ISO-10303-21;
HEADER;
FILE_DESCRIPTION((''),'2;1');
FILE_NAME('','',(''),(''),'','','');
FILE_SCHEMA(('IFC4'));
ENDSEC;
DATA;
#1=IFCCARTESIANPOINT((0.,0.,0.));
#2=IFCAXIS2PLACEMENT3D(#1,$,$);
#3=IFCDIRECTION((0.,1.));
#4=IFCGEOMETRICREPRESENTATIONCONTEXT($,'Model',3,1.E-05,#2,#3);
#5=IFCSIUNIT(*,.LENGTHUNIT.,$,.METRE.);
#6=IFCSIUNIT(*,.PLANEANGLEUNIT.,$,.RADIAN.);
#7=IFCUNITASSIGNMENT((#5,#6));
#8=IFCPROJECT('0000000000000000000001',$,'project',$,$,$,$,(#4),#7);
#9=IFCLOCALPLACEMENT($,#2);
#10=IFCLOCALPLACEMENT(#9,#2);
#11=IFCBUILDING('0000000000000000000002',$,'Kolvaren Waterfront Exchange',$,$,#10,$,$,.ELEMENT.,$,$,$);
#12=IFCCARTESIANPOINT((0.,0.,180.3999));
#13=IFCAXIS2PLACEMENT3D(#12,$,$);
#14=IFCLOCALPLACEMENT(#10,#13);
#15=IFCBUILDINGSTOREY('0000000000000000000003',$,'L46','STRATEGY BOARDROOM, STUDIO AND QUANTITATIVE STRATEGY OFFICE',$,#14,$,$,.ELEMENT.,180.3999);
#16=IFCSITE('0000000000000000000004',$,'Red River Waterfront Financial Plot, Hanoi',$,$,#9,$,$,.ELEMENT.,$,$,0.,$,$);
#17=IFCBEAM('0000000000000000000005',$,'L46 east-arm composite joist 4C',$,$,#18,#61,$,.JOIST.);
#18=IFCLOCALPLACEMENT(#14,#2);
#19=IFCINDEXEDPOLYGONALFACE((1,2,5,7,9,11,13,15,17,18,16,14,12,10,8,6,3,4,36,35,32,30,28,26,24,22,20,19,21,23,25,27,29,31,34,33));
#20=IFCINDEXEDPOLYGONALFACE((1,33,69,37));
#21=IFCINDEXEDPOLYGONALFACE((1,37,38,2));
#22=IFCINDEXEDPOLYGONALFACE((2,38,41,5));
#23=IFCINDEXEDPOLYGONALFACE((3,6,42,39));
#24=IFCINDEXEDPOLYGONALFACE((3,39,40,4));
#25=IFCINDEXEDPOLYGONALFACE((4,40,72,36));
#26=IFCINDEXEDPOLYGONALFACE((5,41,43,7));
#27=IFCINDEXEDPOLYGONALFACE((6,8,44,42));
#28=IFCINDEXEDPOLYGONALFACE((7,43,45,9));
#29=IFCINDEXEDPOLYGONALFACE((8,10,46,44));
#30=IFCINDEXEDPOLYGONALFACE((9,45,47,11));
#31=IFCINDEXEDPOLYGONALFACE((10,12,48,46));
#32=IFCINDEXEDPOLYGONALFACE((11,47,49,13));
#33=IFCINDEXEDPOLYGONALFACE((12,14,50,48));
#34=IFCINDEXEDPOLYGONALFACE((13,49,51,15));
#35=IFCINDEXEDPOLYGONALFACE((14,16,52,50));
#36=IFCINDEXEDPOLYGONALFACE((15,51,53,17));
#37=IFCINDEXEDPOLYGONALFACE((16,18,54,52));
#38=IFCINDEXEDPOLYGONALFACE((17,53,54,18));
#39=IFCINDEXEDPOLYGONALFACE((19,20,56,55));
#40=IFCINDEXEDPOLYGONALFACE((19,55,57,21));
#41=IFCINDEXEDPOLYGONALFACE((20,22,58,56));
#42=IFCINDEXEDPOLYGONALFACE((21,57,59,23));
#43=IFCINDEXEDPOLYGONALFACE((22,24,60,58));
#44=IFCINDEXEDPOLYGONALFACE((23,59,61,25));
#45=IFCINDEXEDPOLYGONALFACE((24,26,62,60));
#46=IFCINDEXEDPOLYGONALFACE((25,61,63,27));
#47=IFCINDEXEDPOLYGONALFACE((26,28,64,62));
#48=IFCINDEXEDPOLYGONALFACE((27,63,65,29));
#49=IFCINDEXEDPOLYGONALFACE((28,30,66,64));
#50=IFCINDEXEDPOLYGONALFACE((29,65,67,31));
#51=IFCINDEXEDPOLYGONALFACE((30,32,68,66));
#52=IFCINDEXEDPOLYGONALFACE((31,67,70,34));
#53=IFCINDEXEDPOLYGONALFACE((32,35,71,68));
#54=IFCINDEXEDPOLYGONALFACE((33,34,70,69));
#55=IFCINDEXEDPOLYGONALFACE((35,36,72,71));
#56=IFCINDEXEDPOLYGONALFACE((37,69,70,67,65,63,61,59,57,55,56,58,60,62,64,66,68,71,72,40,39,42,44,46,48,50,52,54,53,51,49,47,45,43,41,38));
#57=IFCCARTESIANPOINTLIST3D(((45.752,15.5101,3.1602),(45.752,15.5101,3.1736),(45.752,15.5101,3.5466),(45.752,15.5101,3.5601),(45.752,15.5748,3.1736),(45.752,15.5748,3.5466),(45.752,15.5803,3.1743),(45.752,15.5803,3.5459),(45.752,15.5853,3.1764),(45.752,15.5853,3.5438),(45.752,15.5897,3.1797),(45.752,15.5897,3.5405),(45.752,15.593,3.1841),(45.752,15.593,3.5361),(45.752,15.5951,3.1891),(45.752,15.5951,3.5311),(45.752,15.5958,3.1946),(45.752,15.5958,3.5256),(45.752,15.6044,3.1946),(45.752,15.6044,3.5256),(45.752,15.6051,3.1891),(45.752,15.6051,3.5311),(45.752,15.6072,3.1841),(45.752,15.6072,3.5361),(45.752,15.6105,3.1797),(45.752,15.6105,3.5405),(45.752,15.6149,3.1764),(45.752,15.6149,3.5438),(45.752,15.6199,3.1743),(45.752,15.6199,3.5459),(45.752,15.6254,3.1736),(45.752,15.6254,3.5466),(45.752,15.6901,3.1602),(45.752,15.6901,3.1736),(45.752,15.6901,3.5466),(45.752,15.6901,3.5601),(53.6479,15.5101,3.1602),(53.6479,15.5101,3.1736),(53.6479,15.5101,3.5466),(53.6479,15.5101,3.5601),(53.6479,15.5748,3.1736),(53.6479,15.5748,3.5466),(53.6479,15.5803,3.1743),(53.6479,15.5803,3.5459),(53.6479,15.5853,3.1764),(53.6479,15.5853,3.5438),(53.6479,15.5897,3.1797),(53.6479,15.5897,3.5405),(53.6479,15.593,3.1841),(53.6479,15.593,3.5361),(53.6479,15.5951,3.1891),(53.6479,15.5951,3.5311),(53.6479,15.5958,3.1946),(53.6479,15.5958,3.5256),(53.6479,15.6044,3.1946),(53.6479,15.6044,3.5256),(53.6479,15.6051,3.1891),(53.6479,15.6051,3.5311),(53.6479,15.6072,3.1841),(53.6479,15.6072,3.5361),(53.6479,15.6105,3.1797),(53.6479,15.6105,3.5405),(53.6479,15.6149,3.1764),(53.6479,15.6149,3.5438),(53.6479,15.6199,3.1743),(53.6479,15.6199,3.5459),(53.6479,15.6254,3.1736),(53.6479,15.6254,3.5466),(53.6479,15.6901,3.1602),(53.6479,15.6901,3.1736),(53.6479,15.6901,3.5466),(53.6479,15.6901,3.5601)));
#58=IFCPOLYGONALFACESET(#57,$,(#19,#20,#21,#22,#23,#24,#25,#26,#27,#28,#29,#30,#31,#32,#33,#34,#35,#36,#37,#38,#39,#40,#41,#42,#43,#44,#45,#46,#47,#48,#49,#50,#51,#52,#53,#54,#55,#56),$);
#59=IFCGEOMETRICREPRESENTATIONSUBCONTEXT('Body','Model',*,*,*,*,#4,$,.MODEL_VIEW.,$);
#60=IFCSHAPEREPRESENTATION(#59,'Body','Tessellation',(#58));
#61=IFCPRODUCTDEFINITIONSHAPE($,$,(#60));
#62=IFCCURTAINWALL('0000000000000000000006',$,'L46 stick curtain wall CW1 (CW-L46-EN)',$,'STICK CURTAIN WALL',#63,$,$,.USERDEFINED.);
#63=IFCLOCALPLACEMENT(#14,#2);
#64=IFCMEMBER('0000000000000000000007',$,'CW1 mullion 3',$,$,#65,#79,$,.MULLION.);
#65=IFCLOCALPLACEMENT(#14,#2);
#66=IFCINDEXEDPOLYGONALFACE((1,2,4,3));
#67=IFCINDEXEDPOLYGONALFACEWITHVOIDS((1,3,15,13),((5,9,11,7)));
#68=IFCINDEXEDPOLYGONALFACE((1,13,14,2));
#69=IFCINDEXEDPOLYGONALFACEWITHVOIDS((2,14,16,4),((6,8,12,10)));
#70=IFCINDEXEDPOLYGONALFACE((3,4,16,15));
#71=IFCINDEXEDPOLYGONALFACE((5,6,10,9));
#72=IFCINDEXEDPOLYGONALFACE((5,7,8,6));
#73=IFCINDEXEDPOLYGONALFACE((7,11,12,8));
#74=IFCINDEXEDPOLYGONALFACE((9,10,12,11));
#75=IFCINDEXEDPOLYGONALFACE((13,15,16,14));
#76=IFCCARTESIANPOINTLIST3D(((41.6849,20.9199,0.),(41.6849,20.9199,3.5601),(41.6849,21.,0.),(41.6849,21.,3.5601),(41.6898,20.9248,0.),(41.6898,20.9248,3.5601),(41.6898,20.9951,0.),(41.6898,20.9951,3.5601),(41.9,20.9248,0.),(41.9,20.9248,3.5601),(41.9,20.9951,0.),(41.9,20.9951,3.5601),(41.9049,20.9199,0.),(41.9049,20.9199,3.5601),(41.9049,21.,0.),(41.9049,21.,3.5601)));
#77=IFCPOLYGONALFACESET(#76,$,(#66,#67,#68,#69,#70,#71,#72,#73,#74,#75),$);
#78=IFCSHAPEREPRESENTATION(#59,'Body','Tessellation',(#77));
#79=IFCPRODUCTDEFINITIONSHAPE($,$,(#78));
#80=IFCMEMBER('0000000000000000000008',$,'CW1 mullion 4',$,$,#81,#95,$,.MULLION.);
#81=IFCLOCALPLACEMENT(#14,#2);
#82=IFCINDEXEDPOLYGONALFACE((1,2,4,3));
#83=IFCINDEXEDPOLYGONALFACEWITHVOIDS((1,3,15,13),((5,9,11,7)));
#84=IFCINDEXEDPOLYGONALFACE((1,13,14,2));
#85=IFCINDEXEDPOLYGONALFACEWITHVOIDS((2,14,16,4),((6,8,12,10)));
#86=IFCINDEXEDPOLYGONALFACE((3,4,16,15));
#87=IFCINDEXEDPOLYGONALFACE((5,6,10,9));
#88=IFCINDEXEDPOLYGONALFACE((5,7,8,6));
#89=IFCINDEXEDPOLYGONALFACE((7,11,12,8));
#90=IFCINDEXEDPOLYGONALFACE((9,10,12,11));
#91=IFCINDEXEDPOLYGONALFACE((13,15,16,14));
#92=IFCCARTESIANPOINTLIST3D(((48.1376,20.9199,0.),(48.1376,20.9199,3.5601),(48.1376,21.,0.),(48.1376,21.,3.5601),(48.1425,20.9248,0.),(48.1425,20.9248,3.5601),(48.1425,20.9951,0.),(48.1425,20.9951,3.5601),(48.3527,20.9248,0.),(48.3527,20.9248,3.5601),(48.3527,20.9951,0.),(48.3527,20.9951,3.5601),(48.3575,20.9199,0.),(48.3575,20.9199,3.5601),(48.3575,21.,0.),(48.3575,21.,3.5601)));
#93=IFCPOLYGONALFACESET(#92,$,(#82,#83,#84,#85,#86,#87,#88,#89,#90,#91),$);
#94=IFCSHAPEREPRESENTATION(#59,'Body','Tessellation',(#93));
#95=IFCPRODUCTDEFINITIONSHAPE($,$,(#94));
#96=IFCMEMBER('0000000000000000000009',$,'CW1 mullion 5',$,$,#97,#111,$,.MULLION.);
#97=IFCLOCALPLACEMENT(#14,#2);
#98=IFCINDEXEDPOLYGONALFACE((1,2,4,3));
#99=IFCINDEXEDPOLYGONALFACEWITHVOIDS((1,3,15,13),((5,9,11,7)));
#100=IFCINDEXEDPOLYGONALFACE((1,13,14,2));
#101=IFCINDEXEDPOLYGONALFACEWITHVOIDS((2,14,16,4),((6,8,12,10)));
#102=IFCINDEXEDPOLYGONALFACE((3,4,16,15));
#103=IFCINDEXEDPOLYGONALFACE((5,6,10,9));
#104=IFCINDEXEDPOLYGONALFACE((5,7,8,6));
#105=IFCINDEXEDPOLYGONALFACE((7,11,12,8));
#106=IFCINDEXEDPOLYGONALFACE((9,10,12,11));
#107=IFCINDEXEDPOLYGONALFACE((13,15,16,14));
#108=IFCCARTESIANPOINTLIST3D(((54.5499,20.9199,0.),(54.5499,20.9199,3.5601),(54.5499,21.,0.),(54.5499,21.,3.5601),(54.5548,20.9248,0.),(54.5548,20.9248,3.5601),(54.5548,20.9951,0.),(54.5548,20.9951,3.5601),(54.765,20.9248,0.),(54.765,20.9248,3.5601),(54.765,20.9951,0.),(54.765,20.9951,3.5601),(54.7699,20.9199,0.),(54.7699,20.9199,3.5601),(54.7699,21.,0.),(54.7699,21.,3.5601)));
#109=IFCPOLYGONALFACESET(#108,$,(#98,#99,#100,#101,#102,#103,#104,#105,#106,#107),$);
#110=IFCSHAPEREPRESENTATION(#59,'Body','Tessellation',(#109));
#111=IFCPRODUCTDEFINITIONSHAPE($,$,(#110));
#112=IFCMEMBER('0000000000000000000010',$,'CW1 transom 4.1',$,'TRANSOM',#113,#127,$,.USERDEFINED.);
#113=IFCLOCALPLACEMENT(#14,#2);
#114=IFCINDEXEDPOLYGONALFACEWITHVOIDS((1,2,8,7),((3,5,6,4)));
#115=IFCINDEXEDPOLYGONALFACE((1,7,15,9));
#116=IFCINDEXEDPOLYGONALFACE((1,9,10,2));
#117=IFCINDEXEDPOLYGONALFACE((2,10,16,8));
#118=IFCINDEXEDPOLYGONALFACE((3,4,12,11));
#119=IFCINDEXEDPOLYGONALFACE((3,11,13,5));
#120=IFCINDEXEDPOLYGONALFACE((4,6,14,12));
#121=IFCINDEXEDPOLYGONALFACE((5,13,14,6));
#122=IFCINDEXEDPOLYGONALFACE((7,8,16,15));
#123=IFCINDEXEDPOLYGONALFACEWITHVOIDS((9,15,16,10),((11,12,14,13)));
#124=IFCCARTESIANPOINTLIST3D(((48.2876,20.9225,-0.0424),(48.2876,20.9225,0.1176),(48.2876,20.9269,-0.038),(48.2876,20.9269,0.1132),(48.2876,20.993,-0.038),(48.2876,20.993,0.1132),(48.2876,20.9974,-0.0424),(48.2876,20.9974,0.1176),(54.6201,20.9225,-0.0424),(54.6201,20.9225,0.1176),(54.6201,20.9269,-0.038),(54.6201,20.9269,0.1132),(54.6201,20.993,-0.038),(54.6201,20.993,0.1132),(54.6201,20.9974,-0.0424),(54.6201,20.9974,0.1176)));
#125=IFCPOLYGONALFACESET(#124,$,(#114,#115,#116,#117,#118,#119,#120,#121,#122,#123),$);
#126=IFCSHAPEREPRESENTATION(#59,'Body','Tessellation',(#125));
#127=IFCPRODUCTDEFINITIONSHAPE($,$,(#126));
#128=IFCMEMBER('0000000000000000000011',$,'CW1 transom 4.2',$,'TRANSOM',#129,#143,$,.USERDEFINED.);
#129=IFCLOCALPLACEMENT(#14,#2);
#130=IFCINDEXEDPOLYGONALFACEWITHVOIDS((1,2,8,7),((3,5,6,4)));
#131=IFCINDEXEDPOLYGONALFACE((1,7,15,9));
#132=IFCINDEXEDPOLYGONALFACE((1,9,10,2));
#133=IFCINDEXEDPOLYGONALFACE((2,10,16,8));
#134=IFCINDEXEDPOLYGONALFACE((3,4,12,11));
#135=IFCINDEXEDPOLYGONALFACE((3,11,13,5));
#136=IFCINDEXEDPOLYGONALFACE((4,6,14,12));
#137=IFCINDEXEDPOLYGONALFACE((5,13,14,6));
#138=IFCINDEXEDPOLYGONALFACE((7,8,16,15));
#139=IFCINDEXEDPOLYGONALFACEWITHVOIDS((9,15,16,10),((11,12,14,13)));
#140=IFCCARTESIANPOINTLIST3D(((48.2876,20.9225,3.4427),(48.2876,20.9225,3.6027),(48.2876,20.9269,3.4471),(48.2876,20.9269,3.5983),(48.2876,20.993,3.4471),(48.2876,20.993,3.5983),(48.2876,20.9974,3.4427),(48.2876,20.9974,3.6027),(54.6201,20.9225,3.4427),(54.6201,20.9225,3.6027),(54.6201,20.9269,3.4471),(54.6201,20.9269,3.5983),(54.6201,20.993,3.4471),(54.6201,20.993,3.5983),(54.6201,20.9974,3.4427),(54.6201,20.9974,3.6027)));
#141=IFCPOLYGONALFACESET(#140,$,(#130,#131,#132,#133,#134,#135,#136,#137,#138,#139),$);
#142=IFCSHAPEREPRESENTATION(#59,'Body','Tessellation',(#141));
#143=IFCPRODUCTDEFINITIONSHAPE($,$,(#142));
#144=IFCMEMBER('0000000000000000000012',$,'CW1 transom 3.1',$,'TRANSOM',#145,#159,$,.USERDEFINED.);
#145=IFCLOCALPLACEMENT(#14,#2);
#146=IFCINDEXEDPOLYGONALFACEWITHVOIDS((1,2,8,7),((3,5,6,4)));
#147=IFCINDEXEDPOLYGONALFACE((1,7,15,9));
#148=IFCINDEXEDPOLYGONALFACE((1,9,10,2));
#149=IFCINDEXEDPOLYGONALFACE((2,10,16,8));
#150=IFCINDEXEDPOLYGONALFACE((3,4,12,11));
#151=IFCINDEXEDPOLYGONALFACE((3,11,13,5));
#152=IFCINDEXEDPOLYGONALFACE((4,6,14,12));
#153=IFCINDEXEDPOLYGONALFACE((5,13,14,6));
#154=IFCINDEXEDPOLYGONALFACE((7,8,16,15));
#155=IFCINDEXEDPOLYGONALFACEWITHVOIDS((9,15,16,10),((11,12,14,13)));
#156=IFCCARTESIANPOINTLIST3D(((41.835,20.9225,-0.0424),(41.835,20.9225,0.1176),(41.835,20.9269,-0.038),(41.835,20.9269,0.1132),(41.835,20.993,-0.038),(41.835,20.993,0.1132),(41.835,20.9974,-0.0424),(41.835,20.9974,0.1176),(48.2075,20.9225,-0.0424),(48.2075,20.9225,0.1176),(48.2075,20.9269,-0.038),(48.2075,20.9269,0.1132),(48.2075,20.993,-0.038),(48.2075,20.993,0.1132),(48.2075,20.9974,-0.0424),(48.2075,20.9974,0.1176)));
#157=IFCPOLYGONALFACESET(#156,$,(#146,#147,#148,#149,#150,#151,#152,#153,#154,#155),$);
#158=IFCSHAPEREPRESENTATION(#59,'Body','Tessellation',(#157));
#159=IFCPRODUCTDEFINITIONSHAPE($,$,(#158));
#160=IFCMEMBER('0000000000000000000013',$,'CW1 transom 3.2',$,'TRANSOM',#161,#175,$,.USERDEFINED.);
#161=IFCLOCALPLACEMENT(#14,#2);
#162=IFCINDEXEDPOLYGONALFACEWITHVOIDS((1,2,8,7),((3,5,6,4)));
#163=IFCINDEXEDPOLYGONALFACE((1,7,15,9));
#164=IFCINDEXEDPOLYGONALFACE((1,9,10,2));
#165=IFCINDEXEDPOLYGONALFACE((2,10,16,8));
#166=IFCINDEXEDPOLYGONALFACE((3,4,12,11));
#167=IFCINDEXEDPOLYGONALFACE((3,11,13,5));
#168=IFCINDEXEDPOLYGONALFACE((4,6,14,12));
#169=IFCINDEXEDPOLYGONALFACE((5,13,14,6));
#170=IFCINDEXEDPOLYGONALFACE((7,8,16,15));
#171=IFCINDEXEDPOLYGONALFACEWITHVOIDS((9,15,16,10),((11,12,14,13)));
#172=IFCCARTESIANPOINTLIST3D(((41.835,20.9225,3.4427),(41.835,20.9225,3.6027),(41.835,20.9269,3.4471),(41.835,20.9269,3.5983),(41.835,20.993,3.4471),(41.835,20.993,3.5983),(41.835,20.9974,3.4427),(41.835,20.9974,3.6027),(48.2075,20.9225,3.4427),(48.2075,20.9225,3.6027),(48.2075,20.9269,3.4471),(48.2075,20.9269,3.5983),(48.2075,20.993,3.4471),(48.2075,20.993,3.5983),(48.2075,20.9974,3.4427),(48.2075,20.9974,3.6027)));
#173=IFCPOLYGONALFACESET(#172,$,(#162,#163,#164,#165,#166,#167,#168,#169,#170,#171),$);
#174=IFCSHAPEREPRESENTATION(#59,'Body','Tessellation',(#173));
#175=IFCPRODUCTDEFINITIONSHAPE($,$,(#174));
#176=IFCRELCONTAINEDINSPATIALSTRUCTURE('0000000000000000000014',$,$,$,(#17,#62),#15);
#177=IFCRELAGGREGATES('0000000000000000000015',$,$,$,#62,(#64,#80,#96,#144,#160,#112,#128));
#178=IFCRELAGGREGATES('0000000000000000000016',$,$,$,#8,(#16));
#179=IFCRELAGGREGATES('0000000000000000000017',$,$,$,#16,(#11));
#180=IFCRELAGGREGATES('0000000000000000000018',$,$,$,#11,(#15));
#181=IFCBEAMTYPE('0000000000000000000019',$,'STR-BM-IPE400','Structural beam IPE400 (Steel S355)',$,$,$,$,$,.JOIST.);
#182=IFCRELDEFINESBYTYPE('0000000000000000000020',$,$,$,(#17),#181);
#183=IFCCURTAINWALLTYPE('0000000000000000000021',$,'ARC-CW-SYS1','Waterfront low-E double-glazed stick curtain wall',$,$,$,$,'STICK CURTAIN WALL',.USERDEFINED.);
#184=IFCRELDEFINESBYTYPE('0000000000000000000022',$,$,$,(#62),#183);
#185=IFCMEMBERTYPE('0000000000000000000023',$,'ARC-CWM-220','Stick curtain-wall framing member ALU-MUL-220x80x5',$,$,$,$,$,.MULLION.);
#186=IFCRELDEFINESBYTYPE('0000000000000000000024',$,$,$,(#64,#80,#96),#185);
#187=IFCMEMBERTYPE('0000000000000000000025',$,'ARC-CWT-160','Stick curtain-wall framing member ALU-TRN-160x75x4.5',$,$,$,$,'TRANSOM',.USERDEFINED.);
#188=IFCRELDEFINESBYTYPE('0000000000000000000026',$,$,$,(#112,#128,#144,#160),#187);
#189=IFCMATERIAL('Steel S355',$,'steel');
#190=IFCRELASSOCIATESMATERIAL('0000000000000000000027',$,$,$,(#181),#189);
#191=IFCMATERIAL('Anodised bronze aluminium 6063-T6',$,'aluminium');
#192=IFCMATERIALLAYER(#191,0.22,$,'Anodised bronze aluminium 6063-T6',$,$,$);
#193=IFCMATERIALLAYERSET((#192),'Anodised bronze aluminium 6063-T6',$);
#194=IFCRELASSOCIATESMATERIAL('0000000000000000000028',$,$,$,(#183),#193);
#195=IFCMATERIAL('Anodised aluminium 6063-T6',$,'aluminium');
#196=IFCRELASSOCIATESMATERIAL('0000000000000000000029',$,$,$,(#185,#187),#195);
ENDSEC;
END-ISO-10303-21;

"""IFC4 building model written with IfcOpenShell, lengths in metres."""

from ifc_helpers import new_model, si_unit, direction, frame, origin, origin_with_axes, origin_2d, place, context, subcontext, project, spatial, hollow_rectangle, i_section, extrude, source, transform, mapped, material, layer, layer_set, material_profile, profile_set, type_object, element, aggregate, save


model = new_model("IFC4")

# Units and contexts
model_context = context("Model", 3, precision=1e-05, world=origin(), true_north=direction((0.0, 1.0)))
body_context = subcontext(model_context, "Body", "Model", "MODEL_VIEW")
ifc_project = project(units=[si_unit("LENGTHUNIT", "METRE"), si_unit("PLANEANGLEUNIT", "RADIAN")], contexts=[model_context])

# Site, building, storey
site_placement = place(None, origin())
site = spatial("IfcSite", under=ifc_project, at=site_placement, Name="Red River Waterfront Financial Plot, Hanoi", CompositionType="ELEMENT", RefElevation=0.0)
building_placement = place(site_placement, origin())
building = spatial("IfcBuilding", under=site, at=building_placement, Name="Kolvaren Waterfront Exchange", CompositionType="ELEMENT")
storey_placement = place(building_placement, frame((0.0, 0.0, 180.3999)))
storey = spatial("IfcBuildingStorey", under=building, at=storey_placement, Name="L46", Description="STRATEGY BOARDROOM, STUDIO AND QUANTITATIVE STRATEGY OFFICE", CompositionType="ELEMENT", Elevation=180.3999)

# Beam
ifc_material_1 = material(Name="Steel S355", Category="steel")
ifc_material_profile_1 = material_profile(ifc_material_1, i_section(OverallWidth=0.1799, OverallDepth=0.3999, WebThickness=0.0085, FlangeThickness=0.0134, FilletRadius=0.021, at=origin_2d()), Name="IPE400")
ifc_profile_set_1 = profile_set([ifc_material_profile_1], Name="Steel S355")
beam_type_1 = type_object("IfcBeamType", Name="STR-BM-IPE400", Description="Structural beam IPE400 (Steel S355)", PredefinedType="JOIST", material=ifc_profile_set_1)
for number, where, z_axis, x_axis, name in (
    (1, (45.752, 15.6001, 3.3601), (1.0, 0.0, 0.0), (0.0, 1.0, 0.0), "L46 east-arm composite joist 4C"),
):
    element("IfcBeam", number, at=place(storey_placement, frame(where, z_axis=z_axis, x_axis=x_axis)), inside=storey, type_object=beam_type_1, Name=name, PredefinedType="JOIST", context=body_context, shape_type="SweptSolid", body=[
        extrude(i_section(OverallWidth=0.1799, OverallDepth=0.3999, WebThickness=0.0085, FlangeThickness=0.0134, FilletRadius=0.021, at=origin_2d()), origin(), (0.0, 0.0, 1.0), 7.896),
    ])

# Curtain wall, members
ifc_material_2 = material(Name="Anodised bronze aluminium 6063-T6", Category="aluminium")
ifc_layer_1 = layer(ifc_material_2, 0.22, Name="Anodised bronze aluminium 6063-T6")
ifc_layer_set_1 = layer_set([ifc_layer_1], Name="Anodised bronze aluminium 6063-T6")
curtain_wall_type = type_object("IfcCurtainWallType", Name="ARC-CW-SYS1", Description="Waterfront low-E double-glazed stick curtain wall", ElementType="STICK CURTAIN WALL", PredefinedType="USERDEFINED", material=ifc_layer_set_1)
curtain_wall_placement = place(storey_placement, origin())
curtain_wall = element("IfcCurtainWall", 2, at=curtain_wall_placement, inside=storey, type_object=curtain_wall_type, Name="L46 stick curtain wall CW1 (CW-L46-EN)", ObjectType="STICK CURTAIN WALL", PredefinedType="USERDEFINED")
ifc_material_3 = material(Name="Anodised aluminium 6063-T6", Category="aluminium")
ifc_material_profile_2 = material_profile(ifc_material_3, hollow_rectangle(XDim=0.0801, YDim=0.22, WallThickness=0.0049, at=origin_2d()), Name="ALU-MUL-220x80x5")
ifc_profile_set_2 = profile_set([ifc_material_profile_2], Name="Anodised aluminium 6063-T6")
member_type_1 = type_object("IfcMemberType", Name="ARC-CWM-220", Description="Stick curtain-wall framing member ALU-MUL-220x80x5", PredefinedType="MULLION", material=ifc_profile_set_2)
shared_shape_1 = source(origin_with_axes(), body_context, "Body", "SweptSolid", [
    extrude(hollow_rectangle(XDim=0.0801, YDim=0.22, WallThickness=0.0049, at=origin_2d()), origin(), (0.0, 0.0, 1.0), 3.5601),
])
member_1_placement = place(storey_placement, frame((41.7949, 20.96, 0.0), z_axis=(0.0, 0.0, 1.0), x_axis=(0.0, 1.0, 0.0)))
member_1 = element("IfcMember", 3, at=member_1_placement, type_object=member_type_1, Name="CW1 mullion 3", PredefinedType="MULLION", context=body_context, shape_type="MappedRepresentation", body=[
    mapped(shared_shape_1, transform((0.0, 0.0, 0.0), x_axis=(1.0, 0.0, 0.0), y_axis=(0.0, 1.0, 0.0), z_axis=(0.0, 0.0, 1.0), scale=1.0)),
])
member_2_placement = place(storey_placement, frame((48.2476, 20.96, 0.0), z_axis=(0.0, 0.0, 1.0), x_axis=(0.0, 1.0, 0.0)))
member_2 = element("IfcMember", 4, at=member_2_placement, type_object=member_type_1, Name="CW1 mullion 4", PredefinedType="MULLION", context=body_context, shape_type="MappedRepresentation", body=[
    mapped(shared_shape_1, transform((0.0, 0.0, 0.0), x_axis=(1.0, 0.0, 0.0), y_axis=(0.0, 1.0, 0.0), z_axis=(0.0, 0.0, 1.0), scale=1.0)),
])
member_3_placement = place(storey_placement, frame((54.6599, 20.96, 0.0), z_axis=(0.0, 0.0, 1.0), x_axis=(0.0, 1.0, 0.0)))
member_3 = element("IfcMember", 5, at=member_3_placement, type_object=member_type_1, Name="CW1 mullion 5", PredefinedType="MULLION", context=body_context, shape_type="MappedRepresentation", body=[
    mapped(shared_shape_1, transform((0.0, 0.0, 0.0), x_axis=(1.0, 0.0, 0.0), y_axis=(0.0, 1.0, 0.0), z_axis=(0.0, 0.0, 1.0), scale=1.0)),
])
ifc_material_profile_3 = material_profile(ifc_material_3, hollow_rectangle(XDim=0.075, YDim=0.1599, WallThickness=0.0044, at=origin_2d()), Name="ALU-TRN-160x75x4.5")
ifc_profile_set_3 = profile_set([ifc_material_profile_3], Name="Anodised aluminium 6063-T6")
member_type_2 = type_object("IfcMemberType", Name="ARC-CWT-160", Description="Stick curtain-wall framing member ALU-TRN-160x75x4.5", ElementType="TRANSOM", PredefinedType="USERDEFINED", material=ifc_profile_set_3)
shared_shape_2 = source(origin_with_axes(), body_context, "Body", "SweptSolid", [
    extrude(hollow_rectangle(XDim=0.075, YDim=0.1599, WallThickness=0.0044, at=origin_2d()), origin(), (0.0, 0.0, 1.0), 6.3325),
])
member_4_placement = place(storey_placement, frame((48.2876, 20.96, 0.0376), z_axis=(1.0, 0.0, 0.0), x_axis=(0.0, 1.0, 0.0)))
member_4 = element("IfcMember", 6, at=member_4_placement, type_object=member_type_2, Name="CW1 transom 4.1", ObjectType="TRANSOM", PredefinedType="USERDEFINED", context=body_context, shape_type="MappedRepresentation", body=[
    mapped(shared_shape_2, transform((0.0, 0.0, 0.0), x_axis=(1.0, 0.0, 0.0), y_axis=(0.0, 1.0, 0.0), z_axis=(0.0, 0.0, 1.0), scale=1.0)),
])
member_5_placement = place(storey_placement, frame((48.2876, 20.96, 3.5227), z_axis=(1.0, 0.0, 0.0), x_axis=(0.0, 1.0, 0.0)))
member_5 = element("IfcMember", 7, at=member_5_placement, type_object=member_type_2, Name="CW1 transom 4.2", ObjectType="TRANSOM", PredefinedType="USERDEFINED", context=body_context, shape_type="MappedRepresentation", body=[
    mapped(shared_shape_2, transform((0.0, 0.0, 0.0), x_axis=(1.0, 0.0, 0.0), y_axis=(0.0, 1.0, 0.0), z_axis=(0.0, 0.0, 1.0), scale=1.0)),
])
shared_shape_3 = source(origin_with_axes(), body_context, "Body", "SweptSolid", [
    extrude(hollow_rectangle(XDim=0.075, YDim=0.1599, WallThickness=0.0044, at=origin_2d()), origin(), (0.0, 0.0, 1.0), 6.3726),
])
member_6_placement = place(storey_placement, frame((41.835, 20.96, 0.0376), z_axis=(1.0, 0.0, 0.0), x_axis=(0.0, 1.0, 0.0)))
member_6 = element("IfcMember", 8, at=member_6_placement, type_object=member_type_2, Name="CW1 transom 3.1", ObjectType="TRANSOM", PredefinedType="USERDEFINED", context=body_context, shape_type="MappedRepresentation", body=[
    mapped(shared_shape_3, transform((0.0, 0.0, 0.0), x_axis=(1.0, 0.0, 0.0), y_axis=(0.0, 1.0, 0.0), z_axis=(0.0, 0.0, 1.0), scale=1.0)),
])
member_7_placement = place(storey_placement, frame((41.835, 20.96, 3.5227), z_axis=(1.0, 0.0, 0.0), x_axis=(0.0, 1.0, 0.0)))
member_7 = element("IfcMember", 9, at=member_7_placement, type_object=member_type_2, Name="CW1 transom 3.2", ObjectType="TRANSOM", PredefinedType="USERDEFINED", context=body_context, shape_type="MappedRepresentation", body=[
    mapped(shared_shape_3, transform((0.0, 0.0, 0.0), x_axis=(1.0, 0.0, 0.0), y_axis=(0.0, 1.0, 0.0), z_axis=(0.0, 0.0, 1.0), scale=1.0)),
])
aggregate(curtain_wall, [member_1, member_2, member_3, member_6, member_7, member_4, member_5])

save(model, "model.ifc")
